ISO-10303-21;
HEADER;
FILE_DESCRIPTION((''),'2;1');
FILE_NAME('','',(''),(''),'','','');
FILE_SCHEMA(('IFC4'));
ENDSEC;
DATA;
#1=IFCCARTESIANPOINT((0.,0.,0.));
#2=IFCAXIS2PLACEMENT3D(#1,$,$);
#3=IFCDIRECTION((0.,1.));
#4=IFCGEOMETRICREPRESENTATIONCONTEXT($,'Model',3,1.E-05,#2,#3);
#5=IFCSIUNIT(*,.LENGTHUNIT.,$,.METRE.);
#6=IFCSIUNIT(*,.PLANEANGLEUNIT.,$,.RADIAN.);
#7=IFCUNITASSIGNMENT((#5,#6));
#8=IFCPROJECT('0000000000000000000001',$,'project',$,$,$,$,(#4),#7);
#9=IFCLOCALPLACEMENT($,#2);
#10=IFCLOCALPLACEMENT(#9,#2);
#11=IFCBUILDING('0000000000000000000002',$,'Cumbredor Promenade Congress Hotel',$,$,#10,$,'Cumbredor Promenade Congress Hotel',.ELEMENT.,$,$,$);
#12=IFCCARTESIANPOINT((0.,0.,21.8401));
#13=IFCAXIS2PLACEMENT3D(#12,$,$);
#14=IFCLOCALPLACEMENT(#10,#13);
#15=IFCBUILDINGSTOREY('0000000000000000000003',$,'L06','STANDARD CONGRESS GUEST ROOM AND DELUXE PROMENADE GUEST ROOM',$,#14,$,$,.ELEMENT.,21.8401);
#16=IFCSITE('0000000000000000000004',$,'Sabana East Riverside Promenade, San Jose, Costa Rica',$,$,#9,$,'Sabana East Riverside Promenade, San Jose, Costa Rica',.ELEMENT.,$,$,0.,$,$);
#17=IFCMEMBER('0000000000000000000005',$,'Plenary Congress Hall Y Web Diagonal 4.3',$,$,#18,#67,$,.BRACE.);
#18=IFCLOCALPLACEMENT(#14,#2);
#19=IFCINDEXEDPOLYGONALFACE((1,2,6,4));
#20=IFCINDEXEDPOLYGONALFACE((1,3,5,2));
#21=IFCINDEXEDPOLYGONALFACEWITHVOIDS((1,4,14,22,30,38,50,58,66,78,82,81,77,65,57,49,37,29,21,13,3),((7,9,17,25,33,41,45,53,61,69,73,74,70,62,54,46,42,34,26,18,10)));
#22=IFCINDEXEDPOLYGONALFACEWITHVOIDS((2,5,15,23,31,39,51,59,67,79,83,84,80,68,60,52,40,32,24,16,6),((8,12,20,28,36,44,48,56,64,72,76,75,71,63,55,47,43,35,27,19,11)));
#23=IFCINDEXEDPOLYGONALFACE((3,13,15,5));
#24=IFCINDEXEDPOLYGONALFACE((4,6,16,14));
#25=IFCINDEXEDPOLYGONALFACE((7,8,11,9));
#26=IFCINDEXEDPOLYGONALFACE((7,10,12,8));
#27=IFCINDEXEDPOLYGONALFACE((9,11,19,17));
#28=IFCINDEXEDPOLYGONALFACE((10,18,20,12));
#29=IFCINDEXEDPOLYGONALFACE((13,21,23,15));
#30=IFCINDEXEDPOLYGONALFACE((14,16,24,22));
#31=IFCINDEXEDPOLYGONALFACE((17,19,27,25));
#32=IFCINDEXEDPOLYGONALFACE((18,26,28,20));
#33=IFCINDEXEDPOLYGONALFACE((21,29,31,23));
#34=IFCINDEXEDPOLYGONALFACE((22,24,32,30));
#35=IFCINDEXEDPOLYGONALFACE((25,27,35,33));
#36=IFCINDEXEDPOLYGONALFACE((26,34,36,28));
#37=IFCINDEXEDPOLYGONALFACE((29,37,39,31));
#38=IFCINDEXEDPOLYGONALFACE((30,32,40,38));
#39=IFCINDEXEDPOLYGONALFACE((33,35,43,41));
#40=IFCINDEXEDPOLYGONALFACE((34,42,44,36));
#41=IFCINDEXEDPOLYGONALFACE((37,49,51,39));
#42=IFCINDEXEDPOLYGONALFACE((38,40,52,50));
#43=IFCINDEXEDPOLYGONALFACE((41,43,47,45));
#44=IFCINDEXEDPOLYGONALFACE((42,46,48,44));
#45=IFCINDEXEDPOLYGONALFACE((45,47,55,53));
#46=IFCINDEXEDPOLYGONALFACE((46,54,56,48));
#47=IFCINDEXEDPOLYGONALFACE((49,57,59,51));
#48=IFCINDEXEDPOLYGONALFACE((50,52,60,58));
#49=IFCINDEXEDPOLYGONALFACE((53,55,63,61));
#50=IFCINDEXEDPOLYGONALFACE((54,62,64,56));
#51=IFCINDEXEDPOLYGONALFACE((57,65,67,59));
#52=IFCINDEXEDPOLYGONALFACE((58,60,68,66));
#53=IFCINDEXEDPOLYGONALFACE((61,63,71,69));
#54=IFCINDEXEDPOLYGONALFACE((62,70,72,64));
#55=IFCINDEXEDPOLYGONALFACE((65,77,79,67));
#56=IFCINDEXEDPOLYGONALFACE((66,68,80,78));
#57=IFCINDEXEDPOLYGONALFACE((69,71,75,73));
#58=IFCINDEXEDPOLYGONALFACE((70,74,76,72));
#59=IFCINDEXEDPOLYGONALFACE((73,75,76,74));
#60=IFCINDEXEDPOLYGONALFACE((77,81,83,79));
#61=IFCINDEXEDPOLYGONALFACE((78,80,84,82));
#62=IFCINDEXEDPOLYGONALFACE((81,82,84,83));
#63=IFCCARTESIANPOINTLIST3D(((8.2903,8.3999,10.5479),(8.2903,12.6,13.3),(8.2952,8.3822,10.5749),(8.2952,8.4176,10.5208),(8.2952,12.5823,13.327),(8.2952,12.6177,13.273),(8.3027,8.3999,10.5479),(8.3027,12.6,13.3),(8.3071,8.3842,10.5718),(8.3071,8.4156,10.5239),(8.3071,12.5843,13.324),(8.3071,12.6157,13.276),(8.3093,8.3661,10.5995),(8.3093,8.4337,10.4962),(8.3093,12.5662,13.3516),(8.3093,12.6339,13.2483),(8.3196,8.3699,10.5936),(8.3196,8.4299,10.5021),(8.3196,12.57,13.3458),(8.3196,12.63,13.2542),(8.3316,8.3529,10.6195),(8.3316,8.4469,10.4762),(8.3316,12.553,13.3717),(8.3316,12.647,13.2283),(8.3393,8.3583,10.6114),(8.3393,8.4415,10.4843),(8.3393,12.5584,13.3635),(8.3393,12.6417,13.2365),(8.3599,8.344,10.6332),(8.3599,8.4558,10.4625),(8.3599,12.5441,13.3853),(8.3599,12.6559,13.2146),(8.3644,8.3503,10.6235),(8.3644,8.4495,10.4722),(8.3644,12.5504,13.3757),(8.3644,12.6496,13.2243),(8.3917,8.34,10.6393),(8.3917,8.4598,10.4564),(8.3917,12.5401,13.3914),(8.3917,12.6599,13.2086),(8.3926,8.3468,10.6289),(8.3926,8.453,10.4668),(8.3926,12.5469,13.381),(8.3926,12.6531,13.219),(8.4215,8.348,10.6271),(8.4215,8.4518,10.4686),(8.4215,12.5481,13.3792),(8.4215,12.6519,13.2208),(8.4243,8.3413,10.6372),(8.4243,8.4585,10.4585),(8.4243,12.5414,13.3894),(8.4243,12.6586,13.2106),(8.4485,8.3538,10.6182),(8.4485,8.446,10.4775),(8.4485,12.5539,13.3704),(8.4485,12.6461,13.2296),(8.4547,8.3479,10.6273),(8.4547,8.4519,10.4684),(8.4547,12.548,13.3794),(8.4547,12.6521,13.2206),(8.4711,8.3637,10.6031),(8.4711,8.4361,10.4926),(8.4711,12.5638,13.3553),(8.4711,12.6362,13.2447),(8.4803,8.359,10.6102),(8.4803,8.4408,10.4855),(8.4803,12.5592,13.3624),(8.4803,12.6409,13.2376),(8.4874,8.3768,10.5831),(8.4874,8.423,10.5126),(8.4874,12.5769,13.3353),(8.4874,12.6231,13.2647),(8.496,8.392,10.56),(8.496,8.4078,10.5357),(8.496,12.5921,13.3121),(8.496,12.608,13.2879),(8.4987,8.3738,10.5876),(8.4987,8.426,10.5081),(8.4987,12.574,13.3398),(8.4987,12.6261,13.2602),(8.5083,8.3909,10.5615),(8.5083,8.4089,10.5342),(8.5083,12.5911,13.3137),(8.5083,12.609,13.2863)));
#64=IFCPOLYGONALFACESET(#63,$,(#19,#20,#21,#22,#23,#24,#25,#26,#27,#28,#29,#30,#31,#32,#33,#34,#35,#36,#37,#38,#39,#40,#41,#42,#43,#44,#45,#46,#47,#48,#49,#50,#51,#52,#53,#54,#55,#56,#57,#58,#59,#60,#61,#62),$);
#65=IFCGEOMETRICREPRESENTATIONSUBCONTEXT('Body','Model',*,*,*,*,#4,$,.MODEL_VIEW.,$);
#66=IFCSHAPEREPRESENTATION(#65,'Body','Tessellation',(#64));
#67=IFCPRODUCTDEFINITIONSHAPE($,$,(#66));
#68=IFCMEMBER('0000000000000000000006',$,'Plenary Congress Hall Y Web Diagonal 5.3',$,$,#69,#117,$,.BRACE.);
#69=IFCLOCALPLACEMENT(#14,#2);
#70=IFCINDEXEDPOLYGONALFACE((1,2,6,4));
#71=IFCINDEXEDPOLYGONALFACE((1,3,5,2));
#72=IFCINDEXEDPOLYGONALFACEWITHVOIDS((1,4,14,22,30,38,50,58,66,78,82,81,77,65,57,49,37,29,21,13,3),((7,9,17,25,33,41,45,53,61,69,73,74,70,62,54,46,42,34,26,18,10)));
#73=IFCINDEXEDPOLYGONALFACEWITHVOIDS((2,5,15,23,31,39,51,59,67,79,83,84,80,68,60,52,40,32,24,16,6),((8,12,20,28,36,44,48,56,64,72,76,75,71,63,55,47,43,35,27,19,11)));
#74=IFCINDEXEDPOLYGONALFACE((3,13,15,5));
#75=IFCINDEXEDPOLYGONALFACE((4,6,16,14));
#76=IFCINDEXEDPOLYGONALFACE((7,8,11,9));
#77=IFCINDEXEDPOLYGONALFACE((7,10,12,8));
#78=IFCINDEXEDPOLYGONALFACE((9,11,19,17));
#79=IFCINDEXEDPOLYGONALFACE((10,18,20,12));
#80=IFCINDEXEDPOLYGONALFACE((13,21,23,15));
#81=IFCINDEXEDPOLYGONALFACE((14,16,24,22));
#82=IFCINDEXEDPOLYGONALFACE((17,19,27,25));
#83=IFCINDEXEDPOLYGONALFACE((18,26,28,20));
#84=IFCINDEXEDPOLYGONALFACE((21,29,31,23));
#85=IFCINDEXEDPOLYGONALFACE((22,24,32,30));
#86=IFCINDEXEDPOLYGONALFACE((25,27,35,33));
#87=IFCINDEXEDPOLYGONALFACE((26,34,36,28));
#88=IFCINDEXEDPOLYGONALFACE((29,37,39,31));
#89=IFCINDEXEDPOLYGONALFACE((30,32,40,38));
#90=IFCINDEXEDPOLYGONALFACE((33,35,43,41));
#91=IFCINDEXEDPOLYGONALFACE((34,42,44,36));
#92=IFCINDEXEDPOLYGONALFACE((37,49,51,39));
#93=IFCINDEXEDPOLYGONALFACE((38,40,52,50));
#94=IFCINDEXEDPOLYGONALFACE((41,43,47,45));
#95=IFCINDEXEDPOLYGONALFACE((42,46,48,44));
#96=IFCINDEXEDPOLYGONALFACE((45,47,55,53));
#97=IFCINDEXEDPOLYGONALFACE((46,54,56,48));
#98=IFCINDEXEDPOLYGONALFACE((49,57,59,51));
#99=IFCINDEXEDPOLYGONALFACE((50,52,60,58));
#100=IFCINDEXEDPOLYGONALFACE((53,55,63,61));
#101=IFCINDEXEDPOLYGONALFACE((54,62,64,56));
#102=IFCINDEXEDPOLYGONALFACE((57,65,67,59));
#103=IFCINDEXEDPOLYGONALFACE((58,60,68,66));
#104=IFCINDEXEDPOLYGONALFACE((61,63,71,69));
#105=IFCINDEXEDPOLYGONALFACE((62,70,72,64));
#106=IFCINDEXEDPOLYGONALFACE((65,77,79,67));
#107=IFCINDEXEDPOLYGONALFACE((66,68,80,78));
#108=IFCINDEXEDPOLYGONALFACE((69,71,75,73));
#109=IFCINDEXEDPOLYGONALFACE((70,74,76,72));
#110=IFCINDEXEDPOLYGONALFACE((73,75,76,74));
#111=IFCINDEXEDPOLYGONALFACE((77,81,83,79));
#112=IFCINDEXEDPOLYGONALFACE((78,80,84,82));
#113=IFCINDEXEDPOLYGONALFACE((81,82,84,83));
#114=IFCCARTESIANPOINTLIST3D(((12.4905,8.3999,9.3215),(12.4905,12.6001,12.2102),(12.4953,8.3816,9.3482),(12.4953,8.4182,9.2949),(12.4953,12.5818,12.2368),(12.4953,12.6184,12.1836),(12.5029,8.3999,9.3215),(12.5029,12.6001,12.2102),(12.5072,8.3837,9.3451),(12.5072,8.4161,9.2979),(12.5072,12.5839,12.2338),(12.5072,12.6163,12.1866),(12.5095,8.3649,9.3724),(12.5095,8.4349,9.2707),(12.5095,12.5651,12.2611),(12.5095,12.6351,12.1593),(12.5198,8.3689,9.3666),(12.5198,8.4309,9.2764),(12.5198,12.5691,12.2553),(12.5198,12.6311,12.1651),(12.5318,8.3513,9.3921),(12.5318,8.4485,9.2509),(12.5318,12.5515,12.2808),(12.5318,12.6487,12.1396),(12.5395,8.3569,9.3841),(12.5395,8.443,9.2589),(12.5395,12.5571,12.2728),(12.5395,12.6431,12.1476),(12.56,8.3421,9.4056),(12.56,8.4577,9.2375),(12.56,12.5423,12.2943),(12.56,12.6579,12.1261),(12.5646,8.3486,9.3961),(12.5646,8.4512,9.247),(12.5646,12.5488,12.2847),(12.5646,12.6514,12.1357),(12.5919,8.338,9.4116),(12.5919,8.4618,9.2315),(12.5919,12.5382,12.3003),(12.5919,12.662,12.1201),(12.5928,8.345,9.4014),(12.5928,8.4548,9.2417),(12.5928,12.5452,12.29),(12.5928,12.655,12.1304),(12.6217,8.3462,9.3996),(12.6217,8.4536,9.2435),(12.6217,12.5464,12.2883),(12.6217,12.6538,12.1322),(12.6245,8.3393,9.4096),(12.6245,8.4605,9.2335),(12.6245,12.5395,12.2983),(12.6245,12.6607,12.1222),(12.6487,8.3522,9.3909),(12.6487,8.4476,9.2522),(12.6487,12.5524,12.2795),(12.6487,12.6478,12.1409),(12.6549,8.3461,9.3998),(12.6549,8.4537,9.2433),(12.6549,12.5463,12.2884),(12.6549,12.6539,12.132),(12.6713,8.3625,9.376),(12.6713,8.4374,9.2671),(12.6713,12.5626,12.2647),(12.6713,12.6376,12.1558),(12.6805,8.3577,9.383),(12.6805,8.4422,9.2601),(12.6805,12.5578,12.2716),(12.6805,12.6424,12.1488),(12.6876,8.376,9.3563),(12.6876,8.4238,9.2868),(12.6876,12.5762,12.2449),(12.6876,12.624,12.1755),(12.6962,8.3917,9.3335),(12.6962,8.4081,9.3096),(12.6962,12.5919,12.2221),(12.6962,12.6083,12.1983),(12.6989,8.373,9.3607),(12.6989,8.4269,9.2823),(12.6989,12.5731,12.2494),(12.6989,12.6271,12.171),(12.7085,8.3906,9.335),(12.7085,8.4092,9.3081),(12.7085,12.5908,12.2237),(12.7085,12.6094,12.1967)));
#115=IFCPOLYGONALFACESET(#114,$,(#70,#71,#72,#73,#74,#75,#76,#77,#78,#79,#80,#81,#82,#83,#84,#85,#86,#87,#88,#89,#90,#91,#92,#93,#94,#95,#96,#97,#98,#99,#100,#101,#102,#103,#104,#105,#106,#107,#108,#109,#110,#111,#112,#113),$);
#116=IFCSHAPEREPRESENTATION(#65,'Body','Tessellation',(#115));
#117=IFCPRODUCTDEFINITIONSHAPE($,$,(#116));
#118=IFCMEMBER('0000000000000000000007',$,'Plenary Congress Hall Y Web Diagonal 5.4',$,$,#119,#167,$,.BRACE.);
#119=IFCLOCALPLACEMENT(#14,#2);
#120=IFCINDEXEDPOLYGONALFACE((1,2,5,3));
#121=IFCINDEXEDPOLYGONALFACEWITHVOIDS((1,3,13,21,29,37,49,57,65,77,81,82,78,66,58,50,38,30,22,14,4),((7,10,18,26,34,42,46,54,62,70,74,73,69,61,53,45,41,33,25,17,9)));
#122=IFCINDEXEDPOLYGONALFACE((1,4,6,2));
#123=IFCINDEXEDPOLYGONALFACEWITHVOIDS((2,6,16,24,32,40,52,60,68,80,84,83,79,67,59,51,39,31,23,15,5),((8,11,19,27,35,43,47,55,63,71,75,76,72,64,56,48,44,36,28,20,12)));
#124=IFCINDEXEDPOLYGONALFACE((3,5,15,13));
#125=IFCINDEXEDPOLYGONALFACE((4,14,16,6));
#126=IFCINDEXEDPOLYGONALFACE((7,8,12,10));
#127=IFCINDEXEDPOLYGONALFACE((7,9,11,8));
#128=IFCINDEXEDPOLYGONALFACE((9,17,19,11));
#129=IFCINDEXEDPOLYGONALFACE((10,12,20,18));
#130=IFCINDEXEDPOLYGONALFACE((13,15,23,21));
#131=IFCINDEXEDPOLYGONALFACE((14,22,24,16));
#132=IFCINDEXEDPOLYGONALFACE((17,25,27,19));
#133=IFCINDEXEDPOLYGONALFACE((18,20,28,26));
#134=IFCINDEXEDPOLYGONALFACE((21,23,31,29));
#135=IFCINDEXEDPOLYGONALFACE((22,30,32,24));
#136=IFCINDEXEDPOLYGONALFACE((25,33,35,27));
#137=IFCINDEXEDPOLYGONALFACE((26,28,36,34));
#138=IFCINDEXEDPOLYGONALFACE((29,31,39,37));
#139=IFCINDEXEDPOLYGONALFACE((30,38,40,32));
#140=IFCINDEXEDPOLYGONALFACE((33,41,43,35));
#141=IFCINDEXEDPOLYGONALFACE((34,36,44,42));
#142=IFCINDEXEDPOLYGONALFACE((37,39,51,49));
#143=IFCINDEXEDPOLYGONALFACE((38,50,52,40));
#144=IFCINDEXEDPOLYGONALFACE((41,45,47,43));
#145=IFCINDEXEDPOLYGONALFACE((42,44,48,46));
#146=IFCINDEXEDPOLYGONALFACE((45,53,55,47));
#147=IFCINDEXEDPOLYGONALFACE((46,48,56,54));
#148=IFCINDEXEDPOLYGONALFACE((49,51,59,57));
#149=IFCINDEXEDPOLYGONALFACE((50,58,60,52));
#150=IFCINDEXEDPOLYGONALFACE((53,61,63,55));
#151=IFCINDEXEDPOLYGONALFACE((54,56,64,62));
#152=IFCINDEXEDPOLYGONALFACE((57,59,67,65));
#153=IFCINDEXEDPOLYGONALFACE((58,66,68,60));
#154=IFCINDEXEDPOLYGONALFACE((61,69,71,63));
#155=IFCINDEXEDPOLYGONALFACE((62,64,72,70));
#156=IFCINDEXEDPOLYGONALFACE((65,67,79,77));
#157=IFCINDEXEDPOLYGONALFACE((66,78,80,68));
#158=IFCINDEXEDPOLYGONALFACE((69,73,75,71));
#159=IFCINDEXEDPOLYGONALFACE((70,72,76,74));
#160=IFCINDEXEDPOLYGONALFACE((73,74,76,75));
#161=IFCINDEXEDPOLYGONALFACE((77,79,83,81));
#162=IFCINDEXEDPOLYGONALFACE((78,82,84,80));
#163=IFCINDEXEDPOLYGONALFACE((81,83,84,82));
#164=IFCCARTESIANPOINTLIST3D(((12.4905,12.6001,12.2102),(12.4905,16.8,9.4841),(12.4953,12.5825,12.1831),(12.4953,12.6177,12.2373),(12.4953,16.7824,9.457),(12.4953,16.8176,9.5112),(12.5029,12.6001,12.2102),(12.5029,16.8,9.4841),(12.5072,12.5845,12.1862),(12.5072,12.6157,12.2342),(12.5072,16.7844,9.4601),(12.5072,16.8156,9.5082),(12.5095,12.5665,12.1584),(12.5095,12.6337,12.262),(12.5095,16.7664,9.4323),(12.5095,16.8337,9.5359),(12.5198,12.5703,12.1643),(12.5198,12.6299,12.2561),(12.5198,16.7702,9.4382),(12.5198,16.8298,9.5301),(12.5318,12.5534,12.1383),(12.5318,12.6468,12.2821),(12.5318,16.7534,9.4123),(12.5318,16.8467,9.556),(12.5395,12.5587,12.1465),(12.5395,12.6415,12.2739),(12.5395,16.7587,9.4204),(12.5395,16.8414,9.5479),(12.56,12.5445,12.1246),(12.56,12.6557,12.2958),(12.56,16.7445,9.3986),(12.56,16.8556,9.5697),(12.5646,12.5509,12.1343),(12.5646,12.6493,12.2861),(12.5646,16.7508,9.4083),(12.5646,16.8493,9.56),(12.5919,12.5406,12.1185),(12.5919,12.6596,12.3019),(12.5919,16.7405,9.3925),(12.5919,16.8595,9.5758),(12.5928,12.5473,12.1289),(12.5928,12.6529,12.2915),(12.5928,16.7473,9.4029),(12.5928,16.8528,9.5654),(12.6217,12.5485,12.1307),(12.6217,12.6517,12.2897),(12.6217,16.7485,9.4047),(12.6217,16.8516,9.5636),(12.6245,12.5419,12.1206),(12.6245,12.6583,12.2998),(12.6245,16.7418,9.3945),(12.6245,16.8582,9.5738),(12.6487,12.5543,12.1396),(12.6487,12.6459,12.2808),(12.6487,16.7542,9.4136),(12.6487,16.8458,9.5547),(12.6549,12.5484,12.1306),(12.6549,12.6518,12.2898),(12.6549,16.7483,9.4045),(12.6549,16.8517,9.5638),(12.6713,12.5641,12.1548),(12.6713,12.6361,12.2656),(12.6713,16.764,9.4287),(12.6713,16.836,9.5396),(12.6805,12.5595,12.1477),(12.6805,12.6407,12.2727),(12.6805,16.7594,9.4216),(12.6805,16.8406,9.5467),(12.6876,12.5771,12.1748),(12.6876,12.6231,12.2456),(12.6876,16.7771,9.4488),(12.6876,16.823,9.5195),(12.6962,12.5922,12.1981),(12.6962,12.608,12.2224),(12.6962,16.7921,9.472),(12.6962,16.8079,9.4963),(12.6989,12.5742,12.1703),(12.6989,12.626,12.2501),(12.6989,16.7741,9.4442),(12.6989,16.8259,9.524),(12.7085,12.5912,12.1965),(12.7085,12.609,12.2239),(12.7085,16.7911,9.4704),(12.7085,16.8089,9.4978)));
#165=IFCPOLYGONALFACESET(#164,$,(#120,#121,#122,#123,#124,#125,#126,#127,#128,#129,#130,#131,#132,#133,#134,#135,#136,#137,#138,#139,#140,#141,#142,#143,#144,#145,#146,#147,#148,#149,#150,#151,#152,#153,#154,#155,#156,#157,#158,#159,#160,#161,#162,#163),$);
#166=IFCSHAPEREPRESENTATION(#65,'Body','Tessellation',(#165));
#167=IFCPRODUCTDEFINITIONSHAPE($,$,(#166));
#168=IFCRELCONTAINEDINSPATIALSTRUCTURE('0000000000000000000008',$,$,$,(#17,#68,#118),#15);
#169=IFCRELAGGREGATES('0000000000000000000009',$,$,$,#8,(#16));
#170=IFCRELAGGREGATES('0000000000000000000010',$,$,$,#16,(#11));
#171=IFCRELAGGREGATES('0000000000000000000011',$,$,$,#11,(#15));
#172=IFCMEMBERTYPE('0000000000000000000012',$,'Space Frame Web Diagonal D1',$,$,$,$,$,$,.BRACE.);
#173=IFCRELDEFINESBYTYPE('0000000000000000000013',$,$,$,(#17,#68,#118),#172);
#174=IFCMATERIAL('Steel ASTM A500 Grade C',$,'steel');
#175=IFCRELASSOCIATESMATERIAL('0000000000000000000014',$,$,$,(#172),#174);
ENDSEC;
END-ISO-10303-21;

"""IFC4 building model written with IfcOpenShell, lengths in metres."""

from ifc_helpers import new_model, si_unit, direction, frame, origin, origin_2d, place, context, subcontext, project, spatial, hollow_circle, extrude, material, material_profile, profile_set, type_object, element, save


model = new_model("IFC4")

# Units and contexts
model_context = context("Model", 3, precision=1e-05, world=origin(), true_north=direction((0.0, 1.0)))
body_context = subcontext(model_context, "Body", "Model", "MODEL_VIEW")
ifc_project = project(units=[si_unit("LENGTHUNIT", "METRE"), si_unit("PLANEANGLEUNIT", "RADIAN")], contexts=[model_context])

# Site, building, storey
site_placement = place(None, origin())
site = spatial("IfcSite", under=ifc_project, at=site_placement, Name="Sabana East Riverside Promenade, San Jose, Costa Rica", LongName="Sabana East Riverside Promenade, San Jose, Costa Rica", CompositionType="ELEMENT", RefElevation=0.0)
building_placement = place(site_placement, origin())
building = spatial("IfcBuilding", under=site, at=building_placement, Name="Cumbredor Promenade Congress Hotel", LongName="Cumbredor Promenade Congress Hotel", CompositionType="ELEMENT")
storey_placement = place(building_placement, frame((0.0, 0.0, 21.8401)))
storey = spatial("IfcBuildingStorey", under=building, at=storey_placement, Name="L06", Description="STANDARD CONGRESS GUEST ROOM AND DELUXE PROMENADE GUEST ROOM", CompositionType="ELEMENT", Elevation=21.8401)

# Members
ifc_material_1 = material(Name="Steel ASTM A500 Grade C", Category="steel")
ifc_material_profile_1 = material_profile(ifc_material_1, hollow_circle(Radius=0.1096, WallThickness=0.0125, at=origin_2d()), Name="CHS 219.1x12.5")
ifc_profile_set_1 = profile_set([ifc_material_profile_1], Name="Steel ASTM A500 Grade C")
member_type_1 = type_object("IfcMemberType", Name="Space Frame Web Diagonal D1", PredefinedType="BRACE", material=ifc_profile_set_1)
member_1_placement = place(storey_placement, frame((8.3999, 8.3999, 10.5479), z_axis=(0.0, 0.83643, 0.548074), x_axis=(-1.0, 0.0, 0.0)))
element("IfcMember", 1, at=member_1_placement, inside=storey, type_object=member_type_1, Name="Plenary Congress Hall Y Web Diagonal 4.3", PredefinedType="BRACE", context=body_context, shape_type="SweptSolid", body=[
    extrude(hollow_circle(Radius=0.1096, WallThickness=0.0125, at=origin_2d()), origin(), (0.0, 0.0, 1.0), 5.0215),
])
member_2_placement = place(storey_placement, frame((12.6001, 8.3999, 9.3215), z_axis=(0.0, 0.823947, 0.566667), x_axis=(-1.0, 0.0, 0.0)))
element("IfcMember", 2, at=member_2_placement, inside=storey, type_object=member_type_1, Name="Plenary Congress Hall Y Web Diagonal 5.3", PredefinedType="BRACE", context=body_context, shape_type="SweptSolid", body=[
    extrude(hollow_circle(Radius=0.1096, WallThickness=0.0125, at=origin_2d()), origin(), (0.0, 0.0, 1.0), 5.0977),
])
member_3_placement = place(storey_placement, frame((12.6001, 12.6001, 12.2102), z_axis=(0.0, 0.838799, -0.544442), x_axis=(-1.0, 0.0, 0.0)))
element("IfcMember", 3, at=member_3_placement, inside=storey, type_object=member_type_1, Name="Plenary Congress Hall Y Web Diagonal 5.4", PredefinedType="BRACE", context=body_context, shape_type="SweptSolid", body=[
    extrude(hollow_circle(Radius=0.1096, WallThickness=0.0125, at=origin_2d()), origin(), (0.0, 0.0, 1.0), 5.0071),
])

save(model, "model.ifc")
